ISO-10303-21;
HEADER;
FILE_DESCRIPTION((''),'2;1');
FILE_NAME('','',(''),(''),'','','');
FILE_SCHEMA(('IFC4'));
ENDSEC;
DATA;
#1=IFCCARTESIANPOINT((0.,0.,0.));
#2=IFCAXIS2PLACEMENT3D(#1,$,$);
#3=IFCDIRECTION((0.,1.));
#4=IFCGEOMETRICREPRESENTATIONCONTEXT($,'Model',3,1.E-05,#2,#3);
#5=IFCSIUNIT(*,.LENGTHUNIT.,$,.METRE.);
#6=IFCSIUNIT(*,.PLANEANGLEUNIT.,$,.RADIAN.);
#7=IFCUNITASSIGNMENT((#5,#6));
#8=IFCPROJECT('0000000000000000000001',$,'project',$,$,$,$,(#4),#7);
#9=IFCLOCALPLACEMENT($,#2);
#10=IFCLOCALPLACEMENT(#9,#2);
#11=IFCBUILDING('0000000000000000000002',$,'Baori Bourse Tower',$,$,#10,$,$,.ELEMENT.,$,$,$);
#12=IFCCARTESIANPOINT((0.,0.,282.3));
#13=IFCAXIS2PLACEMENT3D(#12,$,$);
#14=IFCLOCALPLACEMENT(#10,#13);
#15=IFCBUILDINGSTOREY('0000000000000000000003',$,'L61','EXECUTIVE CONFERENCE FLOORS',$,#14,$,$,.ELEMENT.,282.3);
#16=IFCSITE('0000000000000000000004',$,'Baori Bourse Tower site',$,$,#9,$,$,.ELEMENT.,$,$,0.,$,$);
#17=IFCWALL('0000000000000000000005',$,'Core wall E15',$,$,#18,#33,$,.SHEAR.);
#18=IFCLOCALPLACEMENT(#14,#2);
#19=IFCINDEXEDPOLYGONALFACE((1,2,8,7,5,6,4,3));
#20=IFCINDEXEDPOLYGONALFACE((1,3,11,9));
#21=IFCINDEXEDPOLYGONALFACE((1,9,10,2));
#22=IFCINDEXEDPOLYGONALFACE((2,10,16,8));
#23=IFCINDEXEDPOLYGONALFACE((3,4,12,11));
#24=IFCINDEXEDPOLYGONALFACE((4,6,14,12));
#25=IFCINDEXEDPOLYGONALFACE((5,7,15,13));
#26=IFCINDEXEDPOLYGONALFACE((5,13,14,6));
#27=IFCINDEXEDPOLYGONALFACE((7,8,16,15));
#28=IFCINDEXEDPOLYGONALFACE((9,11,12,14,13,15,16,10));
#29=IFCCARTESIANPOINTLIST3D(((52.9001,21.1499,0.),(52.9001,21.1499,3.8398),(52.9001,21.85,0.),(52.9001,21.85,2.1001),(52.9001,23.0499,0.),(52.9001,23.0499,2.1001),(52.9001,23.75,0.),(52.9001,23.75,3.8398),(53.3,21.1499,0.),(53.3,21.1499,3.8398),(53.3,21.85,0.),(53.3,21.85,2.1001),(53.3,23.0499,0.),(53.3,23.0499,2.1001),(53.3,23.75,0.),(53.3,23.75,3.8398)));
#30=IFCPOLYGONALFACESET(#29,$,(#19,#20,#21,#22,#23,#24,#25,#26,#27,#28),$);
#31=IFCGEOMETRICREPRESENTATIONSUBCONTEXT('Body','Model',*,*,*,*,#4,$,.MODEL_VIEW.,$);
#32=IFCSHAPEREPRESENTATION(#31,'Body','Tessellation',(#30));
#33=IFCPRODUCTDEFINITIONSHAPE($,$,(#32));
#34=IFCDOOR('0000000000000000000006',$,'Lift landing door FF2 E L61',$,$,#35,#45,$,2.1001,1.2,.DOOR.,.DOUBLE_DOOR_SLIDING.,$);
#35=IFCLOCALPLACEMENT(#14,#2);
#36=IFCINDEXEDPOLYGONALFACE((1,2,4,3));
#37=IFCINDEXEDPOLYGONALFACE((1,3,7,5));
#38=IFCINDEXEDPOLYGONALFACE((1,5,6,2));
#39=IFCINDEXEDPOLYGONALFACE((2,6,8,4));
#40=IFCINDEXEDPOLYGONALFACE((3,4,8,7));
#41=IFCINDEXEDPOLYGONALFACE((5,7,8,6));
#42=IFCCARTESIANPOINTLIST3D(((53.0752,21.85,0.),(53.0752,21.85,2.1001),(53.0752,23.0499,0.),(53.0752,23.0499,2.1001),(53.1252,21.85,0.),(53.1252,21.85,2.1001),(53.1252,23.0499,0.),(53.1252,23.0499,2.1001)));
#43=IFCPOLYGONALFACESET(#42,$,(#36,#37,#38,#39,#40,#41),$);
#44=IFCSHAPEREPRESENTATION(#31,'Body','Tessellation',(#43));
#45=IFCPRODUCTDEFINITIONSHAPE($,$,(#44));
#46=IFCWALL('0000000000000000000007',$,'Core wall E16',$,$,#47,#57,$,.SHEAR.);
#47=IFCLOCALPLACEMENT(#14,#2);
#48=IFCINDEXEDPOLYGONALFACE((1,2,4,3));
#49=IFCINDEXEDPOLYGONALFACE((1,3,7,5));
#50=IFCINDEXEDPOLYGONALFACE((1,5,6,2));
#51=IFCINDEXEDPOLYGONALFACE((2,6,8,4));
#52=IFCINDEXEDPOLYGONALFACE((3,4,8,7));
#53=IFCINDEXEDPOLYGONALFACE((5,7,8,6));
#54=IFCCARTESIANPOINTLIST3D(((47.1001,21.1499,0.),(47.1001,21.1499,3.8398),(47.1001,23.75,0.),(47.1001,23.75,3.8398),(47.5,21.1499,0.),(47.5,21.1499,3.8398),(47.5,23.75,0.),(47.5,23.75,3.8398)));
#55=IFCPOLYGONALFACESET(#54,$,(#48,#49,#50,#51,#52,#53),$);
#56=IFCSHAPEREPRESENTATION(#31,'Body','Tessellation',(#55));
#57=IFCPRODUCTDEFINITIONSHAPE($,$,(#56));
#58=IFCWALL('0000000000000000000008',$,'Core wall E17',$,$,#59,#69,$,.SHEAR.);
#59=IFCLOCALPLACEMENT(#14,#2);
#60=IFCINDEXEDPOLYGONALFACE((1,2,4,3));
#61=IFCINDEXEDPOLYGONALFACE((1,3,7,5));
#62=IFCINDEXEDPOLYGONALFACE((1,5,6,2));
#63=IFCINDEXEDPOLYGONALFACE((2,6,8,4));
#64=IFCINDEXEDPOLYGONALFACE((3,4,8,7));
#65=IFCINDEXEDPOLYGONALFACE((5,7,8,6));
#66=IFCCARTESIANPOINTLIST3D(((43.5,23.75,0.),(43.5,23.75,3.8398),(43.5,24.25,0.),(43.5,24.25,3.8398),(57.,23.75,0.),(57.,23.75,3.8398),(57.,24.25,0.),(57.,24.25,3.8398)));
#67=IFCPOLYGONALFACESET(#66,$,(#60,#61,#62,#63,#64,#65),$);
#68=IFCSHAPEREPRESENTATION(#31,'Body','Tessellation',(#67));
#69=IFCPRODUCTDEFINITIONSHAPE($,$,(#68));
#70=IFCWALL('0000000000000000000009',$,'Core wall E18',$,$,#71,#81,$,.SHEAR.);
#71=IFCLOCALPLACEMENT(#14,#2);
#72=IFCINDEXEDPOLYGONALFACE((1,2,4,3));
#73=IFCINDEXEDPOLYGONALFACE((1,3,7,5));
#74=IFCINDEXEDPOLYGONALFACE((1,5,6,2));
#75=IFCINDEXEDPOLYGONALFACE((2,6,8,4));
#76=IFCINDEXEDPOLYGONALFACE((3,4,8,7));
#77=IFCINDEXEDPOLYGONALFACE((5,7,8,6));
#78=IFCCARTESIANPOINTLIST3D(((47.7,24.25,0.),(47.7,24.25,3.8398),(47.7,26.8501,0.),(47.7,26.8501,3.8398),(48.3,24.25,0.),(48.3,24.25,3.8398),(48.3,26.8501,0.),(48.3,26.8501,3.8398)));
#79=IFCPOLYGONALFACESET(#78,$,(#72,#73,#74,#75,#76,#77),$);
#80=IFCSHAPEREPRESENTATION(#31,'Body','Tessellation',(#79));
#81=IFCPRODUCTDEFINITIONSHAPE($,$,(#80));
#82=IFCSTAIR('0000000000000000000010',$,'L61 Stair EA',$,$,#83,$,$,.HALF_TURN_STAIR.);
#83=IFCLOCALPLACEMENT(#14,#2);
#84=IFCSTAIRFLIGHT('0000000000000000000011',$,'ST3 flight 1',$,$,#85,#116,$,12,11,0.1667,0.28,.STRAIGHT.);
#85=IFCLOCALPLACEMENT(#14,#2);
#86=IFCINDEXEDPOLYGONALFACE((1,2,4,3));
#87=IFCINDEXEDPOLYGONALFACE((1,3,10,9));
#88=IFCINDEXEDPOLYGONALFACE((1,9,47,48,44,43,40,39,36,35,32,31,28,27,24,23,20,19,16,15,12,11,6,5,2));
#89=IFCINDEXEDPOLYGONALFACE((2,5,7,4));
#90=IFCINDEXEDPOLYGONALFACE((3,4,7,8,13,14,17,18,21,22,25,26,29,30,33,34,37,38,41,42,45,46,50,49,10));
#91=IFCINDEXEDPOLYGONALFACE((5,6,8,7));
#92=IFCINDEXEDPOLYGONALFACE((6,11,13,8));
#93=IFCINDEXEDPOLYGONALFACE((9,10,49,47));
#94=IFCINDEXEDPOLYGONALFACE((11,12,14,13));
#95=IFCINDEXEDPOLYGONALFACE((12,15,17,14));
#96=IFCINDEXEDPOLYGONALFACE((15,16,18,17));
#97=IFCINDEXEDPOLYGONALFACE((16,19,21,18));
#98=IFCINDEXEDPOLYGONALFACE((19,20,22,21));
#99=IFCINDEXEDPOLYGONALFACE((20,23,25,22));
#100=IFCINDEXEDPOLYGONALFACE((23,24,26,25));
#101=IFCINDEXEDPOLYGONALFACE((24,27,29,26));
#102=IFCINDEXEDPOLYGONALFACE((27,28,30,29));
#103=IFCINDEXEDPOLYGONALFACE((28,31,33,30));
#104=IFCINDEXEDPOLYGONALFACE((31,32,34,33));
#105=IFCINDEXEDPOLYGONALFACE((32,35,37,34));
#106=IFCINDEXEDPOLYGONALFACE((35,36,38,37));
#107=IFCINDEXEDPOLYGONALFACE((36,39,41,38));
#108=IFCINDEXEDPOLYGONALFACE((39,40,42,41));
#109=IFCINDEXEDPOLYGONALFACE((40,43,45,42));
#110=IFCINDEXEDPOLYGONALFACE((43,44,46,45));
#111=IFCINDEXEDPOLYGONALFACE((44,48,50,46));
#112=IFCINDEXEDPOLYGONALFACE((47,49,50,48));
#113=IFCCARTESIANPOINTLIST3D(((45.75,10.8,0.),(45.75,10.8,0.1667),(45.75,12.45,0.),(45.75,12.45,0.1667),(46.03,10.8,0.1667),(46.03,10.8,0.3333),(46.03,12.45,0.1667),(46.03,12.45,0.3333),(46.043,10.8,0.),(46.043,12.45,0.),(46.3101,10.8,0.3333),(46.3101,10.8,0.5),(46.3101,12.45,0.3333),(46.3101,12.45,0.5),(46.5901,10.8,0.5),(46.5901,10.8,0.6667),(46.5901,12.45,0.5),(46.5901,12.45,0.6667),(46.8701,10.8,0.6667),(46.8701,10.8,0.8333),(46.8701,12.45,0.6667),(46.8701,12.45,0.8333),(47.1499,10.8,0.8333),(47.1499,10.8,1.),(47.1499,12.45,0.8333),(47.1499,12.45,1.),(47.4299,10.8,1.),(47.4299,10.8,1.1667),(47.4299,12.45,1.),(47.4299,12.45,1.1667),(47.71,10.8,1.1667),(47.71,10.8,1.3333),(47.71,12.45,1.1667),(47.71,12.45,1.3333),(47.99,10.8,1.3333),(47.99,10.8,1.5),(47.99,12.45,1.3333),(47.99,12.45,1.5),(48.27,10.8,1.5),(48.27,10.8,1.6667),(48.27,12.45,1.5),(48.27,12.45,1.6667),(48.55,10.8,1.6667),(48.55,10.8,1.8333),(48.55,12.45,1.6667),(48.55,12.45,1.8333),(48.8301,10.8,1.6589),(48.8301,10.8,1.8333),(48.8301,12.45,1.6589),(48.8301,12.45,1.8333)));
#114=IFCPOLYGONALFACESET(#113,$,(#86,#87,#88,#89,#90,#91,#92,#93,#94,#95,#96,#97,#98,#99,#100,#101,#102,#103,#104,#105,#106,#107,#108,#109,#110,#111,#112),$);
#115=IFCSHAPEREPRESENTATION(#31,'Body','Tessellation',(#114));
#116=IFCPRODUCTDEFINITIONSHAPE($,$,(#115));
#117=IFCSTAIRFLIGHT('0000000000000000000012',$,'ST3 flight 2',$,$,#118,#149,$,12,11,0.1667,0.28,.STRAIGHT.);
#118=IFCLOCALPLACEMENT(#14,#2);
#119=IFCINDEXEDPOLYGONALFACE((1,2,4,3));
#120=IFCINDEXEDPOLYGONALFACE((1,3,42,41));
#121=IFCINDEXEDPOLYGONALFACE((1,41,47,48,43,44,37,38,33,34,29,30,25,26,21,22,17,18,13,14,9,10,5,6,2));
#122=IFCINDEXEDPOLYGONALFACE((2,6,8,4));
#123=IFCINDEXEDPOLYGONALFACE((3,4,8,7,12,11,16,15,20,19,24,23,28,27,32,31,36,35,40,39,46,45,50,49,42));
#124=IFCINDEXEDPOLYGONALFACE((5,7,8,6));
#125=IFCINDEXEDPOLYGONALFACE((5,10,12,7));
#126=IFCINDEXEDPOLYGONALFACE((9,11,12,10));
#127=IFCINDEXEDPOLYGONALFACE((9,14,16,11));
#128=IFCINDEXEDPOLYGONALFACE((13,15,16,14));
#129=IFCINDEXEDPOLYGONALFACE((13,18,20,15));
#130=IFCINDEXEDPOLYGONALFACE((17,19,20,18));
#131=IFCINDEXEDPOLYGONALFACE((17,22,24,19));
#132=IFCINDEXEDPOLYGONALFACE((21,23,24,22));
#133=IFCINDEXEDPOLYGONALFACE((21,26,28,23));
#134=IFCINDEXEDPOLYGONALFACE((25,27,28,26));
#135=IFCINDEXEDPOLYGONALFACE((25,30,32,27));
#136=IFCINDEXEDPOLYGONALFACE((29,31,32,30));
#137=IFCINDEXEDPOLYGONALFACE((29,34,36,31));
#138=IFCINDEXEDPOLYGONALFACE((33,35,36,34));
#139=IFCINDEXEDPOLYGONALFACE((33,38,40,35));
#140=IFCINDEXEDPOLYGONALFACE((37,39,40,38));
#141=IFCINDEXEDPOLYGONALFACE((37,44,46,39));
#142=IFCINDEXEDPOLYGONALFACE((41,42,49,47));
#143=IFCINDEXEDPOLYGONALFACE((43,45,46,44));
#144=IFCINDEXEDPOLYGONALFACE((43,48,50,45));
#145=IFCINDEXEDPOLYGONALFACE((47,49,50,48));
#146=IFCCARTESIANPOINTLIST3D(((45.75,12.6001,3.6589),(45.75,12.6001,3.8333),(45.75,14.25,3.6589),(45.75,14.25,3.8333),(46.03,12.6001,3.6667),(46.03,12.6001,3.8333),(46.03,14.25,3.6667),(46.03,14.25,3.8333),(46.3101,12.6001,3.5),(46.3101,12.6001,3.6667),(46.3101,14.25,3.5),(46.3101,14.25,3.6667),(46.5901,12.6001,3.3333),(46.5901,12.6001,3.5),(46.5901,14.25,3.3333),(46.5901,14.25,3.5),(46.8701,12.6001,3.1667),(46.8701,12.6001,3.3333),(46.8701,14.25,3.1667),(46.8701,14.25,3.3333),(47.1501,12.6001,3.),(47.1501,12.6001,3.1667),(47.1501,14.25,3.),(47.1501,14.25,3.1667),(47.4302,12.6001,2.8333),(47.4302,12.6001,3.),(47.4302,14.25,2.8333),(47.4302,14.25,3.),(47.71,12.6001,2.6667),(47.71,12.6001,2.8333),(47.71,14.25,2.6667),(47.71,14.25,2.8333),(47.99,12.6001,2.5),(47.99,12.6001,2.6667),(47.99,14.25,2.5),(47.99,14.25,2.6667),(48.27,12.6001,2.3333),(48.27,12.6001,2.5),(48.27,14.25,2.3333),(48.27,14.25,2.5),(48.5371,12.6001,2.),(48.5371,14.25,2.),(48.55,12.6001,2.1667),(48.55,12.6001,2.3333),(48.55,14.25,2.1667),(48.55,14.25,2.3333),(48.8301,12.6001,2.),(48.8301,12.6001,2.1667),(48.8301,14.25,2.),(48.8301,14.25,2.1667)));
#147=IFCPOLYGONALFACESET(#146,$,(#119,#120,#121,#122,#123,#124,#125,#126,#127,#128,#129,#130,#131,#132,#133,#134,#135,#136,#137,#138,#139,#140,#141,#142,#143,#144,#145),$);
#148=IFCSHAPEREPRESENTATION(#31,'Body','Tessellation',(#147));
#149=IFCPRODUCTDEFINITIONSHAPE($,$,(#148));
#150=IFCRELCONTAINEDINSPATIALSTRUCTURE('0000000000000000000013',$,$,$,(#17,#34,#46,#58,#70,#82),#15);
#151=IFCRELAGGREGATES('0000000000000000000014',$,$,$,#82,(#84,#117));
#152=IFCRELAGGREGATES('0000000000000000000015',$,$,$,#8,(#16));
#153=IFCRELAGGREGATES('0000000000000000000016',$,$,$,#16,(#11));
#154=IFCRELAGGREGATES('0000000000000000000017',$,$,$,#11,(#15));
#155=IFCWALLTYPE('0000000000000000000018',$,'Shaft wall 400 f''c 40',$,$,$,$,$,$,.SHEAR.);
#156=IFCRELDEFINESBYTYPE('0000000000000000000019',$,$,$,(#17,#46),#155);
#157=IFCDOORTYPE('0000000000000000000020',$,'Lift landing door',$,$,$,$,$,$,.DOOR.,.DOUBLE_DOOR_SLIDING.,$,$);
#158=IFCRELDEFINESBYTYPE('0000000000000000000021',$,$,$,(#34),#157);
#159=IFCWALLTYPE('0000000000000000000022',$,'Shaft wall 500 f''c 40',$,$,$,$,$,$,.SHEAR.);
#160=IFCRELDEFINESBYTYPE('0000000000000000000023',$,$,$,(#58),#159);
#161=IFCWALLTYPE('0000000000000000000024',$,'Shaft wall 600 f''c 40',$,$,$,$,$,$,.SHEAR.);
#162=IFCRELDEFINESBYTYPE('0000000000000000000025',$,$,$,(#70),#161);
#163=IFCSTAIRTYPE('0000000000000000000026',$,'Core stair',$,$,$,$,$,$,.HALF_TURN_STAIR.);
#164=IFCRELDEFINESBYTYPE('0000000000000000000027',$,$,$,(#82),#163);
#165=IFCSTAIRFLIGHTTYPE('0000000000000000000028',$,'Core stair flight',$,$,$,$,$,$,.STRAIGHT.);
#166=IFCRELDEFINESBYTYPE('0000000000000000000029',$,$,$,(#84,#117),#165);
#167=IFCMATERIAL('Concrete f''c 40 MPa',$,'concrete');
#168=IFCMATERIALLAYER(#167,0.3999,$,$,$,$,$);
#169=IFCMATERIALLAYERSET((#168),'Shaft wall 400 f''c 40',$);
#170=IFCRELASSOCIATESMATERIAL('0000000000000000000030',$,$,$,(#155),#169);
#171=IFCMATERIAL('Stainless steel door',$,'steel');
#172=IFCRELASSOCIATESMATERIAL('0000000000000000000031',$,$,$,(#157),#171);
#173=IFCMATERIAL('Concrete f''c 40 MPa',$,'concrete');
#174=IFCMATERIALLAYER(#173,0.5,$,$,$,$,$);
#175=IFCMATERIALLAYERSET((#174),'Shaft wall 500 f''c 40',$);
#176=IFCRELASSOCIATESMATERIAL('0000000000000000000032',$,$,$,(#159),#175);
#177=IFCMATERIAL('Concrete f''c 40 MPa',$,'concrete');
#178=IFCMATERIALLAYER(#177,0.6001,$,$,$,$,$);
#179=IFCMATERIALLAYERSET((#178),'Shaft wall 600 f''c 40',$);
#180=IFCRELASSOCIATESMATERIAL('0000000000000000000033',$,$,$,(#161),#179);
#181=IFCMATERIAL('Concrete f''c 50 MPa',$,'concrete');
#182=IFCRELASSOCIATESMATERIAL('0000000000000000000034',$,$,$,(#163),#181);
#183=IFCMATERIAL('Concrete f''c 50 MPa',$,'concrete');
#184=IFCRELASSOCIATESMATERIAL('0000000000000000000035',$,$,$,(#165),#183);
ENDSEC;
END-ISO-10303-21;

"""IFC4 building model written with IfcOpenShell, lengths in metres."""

from ifc_helpers import new_model, si_unit, direction, frame, frame_2d, origin, place, context, subcontext, project, spatial, polyline, rectangle, outline, extrude, material, layer, layer_set, type_object, element, fill, aggregate, save


model = new_model("IFC4")

# Units and contexts
model_context = context("Model", 3, precision=1e-05, world=origin(), true_north=direction((0.0, 1.0)))
body_context = subcontext(model_context, "Body", "Model", "MODEL_VIEW")
ifc_project = project(units=[si_unit("LENGTHUNIT", "METRE"), si_unit("PLANEANGLEUNIT", "RADIAN")], contexts=[model_context])

# Site, building, storey
site_placement = place(None, origin())
site = spatial("IfcSite", under=ifc_project, at=site_placement, Name="Baori Bourse Tower site", CompositionType="ELEMENT", RefElevation=0.0)
building_placement = place(site_placement, origin())
building = spatial("IfcBuilding", under=site, at=building_placement, Name="Baori Bourse Tower", CompositionType="ELEMENT")
storey_placement = place(building_placement, frame((0.0, 0.0, 282.3)))
storey = spatial("IfcBuildingStorey", under=building, at=storey_placement, Name="L61", Description="EXECUTIVE CONFERENCE FLOORS", CompositionType="ELEMENT", Elevation=282.3)

# Shared definitions
ifc_material_1 = material(Name="Concrete f'c 40 MPa", Category="concrete")
ifc_layer_1 = layer(ifc_material_1, 0.3999)
ifc_layer_set_1 = layer_set([ifc_layer_1], Name="Shaft wall 400 f'c 40")
wall_type_1 = type_object("IfcWallType", Name="Shaft wall 400 f'c 40", PredefinedType="SHEAR", material=ifc_layer_set_1)

# Wall, opening, door
wall_1_placement = place(storey_placement, frame((53.1001, 21.1499, 0.0), z_axis=(0.0, 0.0, 1.0), x_axis=(0.0, 1.0, 0.0)))
wall_1 = element("IfcWall", 1, at=wall_1_placement, inside=storey, type_object=wall_type_1, Name="Core wall E15", PredefinedType="SHEAR", context=body_context, shape_type="SweptSolid", body=[
    extrude(rectangle(XDim=2.6001, YDim=0.3999, at=frame_2d((1.3, 0.0))), origin(), (0.0, 0.0, 1.0), 3.8398),
])
opening_1_placement = place(wall_1_placement, frame((0.7, 0.0, 0.0)))
opening_1 = element("IfcOpeningElement", 2, at=opening_1_placement, cuts=wall_1, PredefinedType="OPENING", context=body_context, shape_type="SweptSolid", body=[
    extrude(rectangle(XDim=1.2, YDim=2.1001, at=frame_2d((0.6001, 1.05))), frame((0.0, 0.21, 0.0), z_axis=(0.0, -1.0, 0.0), x_axis=(1.0, 0.0, 0.0)), (0.0, 0.0, 1.0), 0.4199),
])
ifc_material_2 = material(Name="Stainless steel door", Category="steel")
door_type_1 = type_object("IfcDoorType", Name="Lift landing door", OperationType="DOUBLE_DOOR_SLIDING", PredefinedType="DOOR", material=ifc_material_2)
door_1_placement = place(opening_1_placement, origin())
door_1 = element("IfcDoor", 3, at=door_1_placement, inside=storey, type_object=door_type_1, Name="Lift landing door FF2 E L61", OperationType="DOUBLE_DOOR_SLIDING", OverallHeight=2.1001, OverallWidth=1.2, PredefinedType="DOOR", context=body_context, shape_type="SweptSolid", body=[
    extrude(rectangle(XDim=1.2, YDim=2.1001, at=frame_2d((0.6001, 1.05))), frame((0.0, 0.0249, 0.0), z_axis=(0.0, -1.0, 0.0), x_axis=(1.0, 0.0, 0.0)), (0.0, 0.0, 1.0), 0.05),
])
fill(opening_1, door_1)

# Walls
wall_2_placement = place(storey_placement, frame((47.3, 21.1499, 0.0), z_axis=(0.0, 0.0, 1.0), x_axis=(0.0, 1.0, 0.0)))
element("IfcWall", 4, at=wall_2_placement, inside=storey, type_object=wall_type_1, Name="Core wall E16", PredefinedType="SHEAR", context=body_context, shape_type="SweptSolid", body=[
    extrude(rectangle(XDim=2.6001, YDim=0.3999, at=frame_2d((1.3, 0.0))), origin(), (0.0, 0.0, 1.0), 3.8398),
])
ifc_material_3 = material(Name="Concrete f'c 40 MPa", Category="concrete")
ifc_layer_2 = layer(ifc_material_3, 0.5)
ifc_layer_set_2 = layer_set([ifc_layer_2], Name="Shaft wall 500 f'c 40")
wall_type_2 = type_object("IfcWallType", Name="Shaft wall 500 f'c 40", PredefinedType="SHEAR", material=ifc_layer_set_2)
wall_3_placement = place(storey_placement, frame((43.5, 24.0, 0.0), z_axis=(0.0, 0.0, 1.0), x_axis=(1.0, 0.0, 0.0)))
element("IfcWall", 5, at=wall_3_placement, inside=storey, type_object=wall_type_2, Name="Core wall E17", PredefinedType="SHEAR", context=body_context, shape_type="SweptSolid", body=[
    extrude(rectangle(XDim=13.5, YDim=0.5, at=frame_2d((6.75, 0.0))), origin(), (0.0, 0.0, 1.0), 3.8398),
])
ifc_material_4 = material(Name="Concrete f'c 40 MPa", Category="concrete")
ifc_layer_3 = layer(ifc_material_4, 0.6001)
ifc_layer_set_3 = layer_set([ifc_layer_3], Name="Shaft wall 600 f'c 40")
wall_type_3 = type_object("IfcWallType", Name="Shaft wall 600 f'c 40", PredefinedType="SHEAR", material=ifc_layer_set_3)
wall_4_placement = place(storey_placement, frame((48.0, 24.25, 0.0), z_axis=(0.0, 0.0, 1.0), x_axis=(0.0, 1.0, 0.0)))
element("IfcWall", 6, at=wall_4_placement, inside=storey, type_object=wall_type_3, Name="Core wall E18", PredefinedType="SHEAR", context=body_context, shape_type="SweptSolid", body=[
    extrude(rectangle(XDim=2.6001, YDim=0.6001, at=frame_2d((1.3, 0.0))), origin(), (0.0, 0.0, 1.0), 3.8398),
])

# Stair, stair flights
ifc_material_5 = material(Name="Concrete f'c 50 MPa", Category="concrete")
stair_type = type_object("IfcStairType", Name="Core stair", PredefinedType="HALF_TURN_STAIR", material=ifc_material_5)
stair_placement = place(storey_placement, origin())
stair = element("IfcStair", 7, at=stair_placement, inside=storey, type_object=stair_type, Name="L61 Stair EA", PredefinedType="HALF_TURN_STAIR")
ifc_material_6 = material(Name="Concrete f'c 50 MPa", Category="concrete")
stair_flight_type = type_object("IfcStairFlightType", Name="Core stair flight", PredefinedType="STRAIGHT", material=ifc_material_6)
stair_flight_1_placement = place(storey_placement, frame((45.75, 11.625, 0.0), z_axis=(0.0, 0.0, 1.0), x_axis=(1.0, 0.0, 0.0)))
stair_flight_1 = element("IfcStairFlight", 8, at=stair_flight_1_placement, type_object=stair_flight_type, Name="ST3 flight 1", NumberOfRisers=12, NumberOfTreads=11, PredefinedType="STRAIGHT", RiserHeight=0.1667, TreadLength=0.28, context=body_context, shape_type="SweptSolid", body=[
    extrude(outline(polyline([(0.0, 0.0), (0.0, 0.1667), (0.28, 0.1667), (0.28, 0.3333), (0.5601, 0.3333), (0.5601, 0.5), (0.8401, 0.5), (0.8401, 0.6667), (1.1201, 0.6667), (1.1201, 0.8333), (1.3999, 0.8333), (1.3999, 1.0), (1.6799, 1.0), (1.6799, 1.1667), (1.96, 1.1667), (1.96, 1.3333), (2.24, 1.3333), (2.24, 1.5), (2.52, 1.5), (2.52, 1.6667), (2.8, 1.6667), (2.8, 1.8333), (3.0801, 1.8333), (3.0801, 2.0), (3.0801, 1.6589), (0.293, 0.0), (0.0, 0.0)])), frame((0.0, 0.825, 0.0), z_axis=(0.0, -1.0, 0.0), x_axis=(1.0, 0.0, 0.0)), (0.0, 0.0, 1.0), 1.6499),
])
stair_flight_2_placement = place(storey_placement, frame((48.8301, 13.425, 2.0), z_axis=(0.0, 0.0, 1.0), x_axis=(-1.0, 0.0, 0.0)))
stair_flight_2 = element("IfcStairFlight", 9, at=stair_flight_2_placement, type_object=stair_flight_type, Name="ST3 flight 2", NumberOfRisers=12, NumberOfTreads=11, PredefinedType="STRAIGHT", RiserHeight=0.1667, TreadLength=0.28, context=body_context, shape_type="SweptSolid", body=[
    extrude(outline(polyline([(0.0, 0.0), (0.0, 0.1667), (0.28, 0.1667), (0.28, 0.3333), (0.5601, 0.3333), (0.5601, 0.5), (0.8401, 0.5), (0.8401, 0.6667), (1.1201, 0.6667), (1.1201, 0.8333), (1.3999, 0.8333), (1.3999, 1.0), (1.6799, 1.0), (1.6799, 1.1667), (1.96, 1.1667), (1.96, 1.3333), (2.24, 1.3333), (2.24, 1.5), (2.52, 1.5), (2.52, 1.6667), (2.8, 1.6667), (2.8, 1.8333), (3.0801, 1.8333), (3.0801, 2.0), (3.0801, 1.6589), (0.293, 0.0), (0.0, 0.0)])), frame((0.0, 0.825, 0.0), z_axis=(0.0, -1.0, 0.0), x_axis=(1.0, 0.0, 0.0)), (0.0, 0.0, 1.0), 1.6499),
])
aggregate(stair, [stair_flight_1, stair_flight_2])

save(model, "model.ifc")
